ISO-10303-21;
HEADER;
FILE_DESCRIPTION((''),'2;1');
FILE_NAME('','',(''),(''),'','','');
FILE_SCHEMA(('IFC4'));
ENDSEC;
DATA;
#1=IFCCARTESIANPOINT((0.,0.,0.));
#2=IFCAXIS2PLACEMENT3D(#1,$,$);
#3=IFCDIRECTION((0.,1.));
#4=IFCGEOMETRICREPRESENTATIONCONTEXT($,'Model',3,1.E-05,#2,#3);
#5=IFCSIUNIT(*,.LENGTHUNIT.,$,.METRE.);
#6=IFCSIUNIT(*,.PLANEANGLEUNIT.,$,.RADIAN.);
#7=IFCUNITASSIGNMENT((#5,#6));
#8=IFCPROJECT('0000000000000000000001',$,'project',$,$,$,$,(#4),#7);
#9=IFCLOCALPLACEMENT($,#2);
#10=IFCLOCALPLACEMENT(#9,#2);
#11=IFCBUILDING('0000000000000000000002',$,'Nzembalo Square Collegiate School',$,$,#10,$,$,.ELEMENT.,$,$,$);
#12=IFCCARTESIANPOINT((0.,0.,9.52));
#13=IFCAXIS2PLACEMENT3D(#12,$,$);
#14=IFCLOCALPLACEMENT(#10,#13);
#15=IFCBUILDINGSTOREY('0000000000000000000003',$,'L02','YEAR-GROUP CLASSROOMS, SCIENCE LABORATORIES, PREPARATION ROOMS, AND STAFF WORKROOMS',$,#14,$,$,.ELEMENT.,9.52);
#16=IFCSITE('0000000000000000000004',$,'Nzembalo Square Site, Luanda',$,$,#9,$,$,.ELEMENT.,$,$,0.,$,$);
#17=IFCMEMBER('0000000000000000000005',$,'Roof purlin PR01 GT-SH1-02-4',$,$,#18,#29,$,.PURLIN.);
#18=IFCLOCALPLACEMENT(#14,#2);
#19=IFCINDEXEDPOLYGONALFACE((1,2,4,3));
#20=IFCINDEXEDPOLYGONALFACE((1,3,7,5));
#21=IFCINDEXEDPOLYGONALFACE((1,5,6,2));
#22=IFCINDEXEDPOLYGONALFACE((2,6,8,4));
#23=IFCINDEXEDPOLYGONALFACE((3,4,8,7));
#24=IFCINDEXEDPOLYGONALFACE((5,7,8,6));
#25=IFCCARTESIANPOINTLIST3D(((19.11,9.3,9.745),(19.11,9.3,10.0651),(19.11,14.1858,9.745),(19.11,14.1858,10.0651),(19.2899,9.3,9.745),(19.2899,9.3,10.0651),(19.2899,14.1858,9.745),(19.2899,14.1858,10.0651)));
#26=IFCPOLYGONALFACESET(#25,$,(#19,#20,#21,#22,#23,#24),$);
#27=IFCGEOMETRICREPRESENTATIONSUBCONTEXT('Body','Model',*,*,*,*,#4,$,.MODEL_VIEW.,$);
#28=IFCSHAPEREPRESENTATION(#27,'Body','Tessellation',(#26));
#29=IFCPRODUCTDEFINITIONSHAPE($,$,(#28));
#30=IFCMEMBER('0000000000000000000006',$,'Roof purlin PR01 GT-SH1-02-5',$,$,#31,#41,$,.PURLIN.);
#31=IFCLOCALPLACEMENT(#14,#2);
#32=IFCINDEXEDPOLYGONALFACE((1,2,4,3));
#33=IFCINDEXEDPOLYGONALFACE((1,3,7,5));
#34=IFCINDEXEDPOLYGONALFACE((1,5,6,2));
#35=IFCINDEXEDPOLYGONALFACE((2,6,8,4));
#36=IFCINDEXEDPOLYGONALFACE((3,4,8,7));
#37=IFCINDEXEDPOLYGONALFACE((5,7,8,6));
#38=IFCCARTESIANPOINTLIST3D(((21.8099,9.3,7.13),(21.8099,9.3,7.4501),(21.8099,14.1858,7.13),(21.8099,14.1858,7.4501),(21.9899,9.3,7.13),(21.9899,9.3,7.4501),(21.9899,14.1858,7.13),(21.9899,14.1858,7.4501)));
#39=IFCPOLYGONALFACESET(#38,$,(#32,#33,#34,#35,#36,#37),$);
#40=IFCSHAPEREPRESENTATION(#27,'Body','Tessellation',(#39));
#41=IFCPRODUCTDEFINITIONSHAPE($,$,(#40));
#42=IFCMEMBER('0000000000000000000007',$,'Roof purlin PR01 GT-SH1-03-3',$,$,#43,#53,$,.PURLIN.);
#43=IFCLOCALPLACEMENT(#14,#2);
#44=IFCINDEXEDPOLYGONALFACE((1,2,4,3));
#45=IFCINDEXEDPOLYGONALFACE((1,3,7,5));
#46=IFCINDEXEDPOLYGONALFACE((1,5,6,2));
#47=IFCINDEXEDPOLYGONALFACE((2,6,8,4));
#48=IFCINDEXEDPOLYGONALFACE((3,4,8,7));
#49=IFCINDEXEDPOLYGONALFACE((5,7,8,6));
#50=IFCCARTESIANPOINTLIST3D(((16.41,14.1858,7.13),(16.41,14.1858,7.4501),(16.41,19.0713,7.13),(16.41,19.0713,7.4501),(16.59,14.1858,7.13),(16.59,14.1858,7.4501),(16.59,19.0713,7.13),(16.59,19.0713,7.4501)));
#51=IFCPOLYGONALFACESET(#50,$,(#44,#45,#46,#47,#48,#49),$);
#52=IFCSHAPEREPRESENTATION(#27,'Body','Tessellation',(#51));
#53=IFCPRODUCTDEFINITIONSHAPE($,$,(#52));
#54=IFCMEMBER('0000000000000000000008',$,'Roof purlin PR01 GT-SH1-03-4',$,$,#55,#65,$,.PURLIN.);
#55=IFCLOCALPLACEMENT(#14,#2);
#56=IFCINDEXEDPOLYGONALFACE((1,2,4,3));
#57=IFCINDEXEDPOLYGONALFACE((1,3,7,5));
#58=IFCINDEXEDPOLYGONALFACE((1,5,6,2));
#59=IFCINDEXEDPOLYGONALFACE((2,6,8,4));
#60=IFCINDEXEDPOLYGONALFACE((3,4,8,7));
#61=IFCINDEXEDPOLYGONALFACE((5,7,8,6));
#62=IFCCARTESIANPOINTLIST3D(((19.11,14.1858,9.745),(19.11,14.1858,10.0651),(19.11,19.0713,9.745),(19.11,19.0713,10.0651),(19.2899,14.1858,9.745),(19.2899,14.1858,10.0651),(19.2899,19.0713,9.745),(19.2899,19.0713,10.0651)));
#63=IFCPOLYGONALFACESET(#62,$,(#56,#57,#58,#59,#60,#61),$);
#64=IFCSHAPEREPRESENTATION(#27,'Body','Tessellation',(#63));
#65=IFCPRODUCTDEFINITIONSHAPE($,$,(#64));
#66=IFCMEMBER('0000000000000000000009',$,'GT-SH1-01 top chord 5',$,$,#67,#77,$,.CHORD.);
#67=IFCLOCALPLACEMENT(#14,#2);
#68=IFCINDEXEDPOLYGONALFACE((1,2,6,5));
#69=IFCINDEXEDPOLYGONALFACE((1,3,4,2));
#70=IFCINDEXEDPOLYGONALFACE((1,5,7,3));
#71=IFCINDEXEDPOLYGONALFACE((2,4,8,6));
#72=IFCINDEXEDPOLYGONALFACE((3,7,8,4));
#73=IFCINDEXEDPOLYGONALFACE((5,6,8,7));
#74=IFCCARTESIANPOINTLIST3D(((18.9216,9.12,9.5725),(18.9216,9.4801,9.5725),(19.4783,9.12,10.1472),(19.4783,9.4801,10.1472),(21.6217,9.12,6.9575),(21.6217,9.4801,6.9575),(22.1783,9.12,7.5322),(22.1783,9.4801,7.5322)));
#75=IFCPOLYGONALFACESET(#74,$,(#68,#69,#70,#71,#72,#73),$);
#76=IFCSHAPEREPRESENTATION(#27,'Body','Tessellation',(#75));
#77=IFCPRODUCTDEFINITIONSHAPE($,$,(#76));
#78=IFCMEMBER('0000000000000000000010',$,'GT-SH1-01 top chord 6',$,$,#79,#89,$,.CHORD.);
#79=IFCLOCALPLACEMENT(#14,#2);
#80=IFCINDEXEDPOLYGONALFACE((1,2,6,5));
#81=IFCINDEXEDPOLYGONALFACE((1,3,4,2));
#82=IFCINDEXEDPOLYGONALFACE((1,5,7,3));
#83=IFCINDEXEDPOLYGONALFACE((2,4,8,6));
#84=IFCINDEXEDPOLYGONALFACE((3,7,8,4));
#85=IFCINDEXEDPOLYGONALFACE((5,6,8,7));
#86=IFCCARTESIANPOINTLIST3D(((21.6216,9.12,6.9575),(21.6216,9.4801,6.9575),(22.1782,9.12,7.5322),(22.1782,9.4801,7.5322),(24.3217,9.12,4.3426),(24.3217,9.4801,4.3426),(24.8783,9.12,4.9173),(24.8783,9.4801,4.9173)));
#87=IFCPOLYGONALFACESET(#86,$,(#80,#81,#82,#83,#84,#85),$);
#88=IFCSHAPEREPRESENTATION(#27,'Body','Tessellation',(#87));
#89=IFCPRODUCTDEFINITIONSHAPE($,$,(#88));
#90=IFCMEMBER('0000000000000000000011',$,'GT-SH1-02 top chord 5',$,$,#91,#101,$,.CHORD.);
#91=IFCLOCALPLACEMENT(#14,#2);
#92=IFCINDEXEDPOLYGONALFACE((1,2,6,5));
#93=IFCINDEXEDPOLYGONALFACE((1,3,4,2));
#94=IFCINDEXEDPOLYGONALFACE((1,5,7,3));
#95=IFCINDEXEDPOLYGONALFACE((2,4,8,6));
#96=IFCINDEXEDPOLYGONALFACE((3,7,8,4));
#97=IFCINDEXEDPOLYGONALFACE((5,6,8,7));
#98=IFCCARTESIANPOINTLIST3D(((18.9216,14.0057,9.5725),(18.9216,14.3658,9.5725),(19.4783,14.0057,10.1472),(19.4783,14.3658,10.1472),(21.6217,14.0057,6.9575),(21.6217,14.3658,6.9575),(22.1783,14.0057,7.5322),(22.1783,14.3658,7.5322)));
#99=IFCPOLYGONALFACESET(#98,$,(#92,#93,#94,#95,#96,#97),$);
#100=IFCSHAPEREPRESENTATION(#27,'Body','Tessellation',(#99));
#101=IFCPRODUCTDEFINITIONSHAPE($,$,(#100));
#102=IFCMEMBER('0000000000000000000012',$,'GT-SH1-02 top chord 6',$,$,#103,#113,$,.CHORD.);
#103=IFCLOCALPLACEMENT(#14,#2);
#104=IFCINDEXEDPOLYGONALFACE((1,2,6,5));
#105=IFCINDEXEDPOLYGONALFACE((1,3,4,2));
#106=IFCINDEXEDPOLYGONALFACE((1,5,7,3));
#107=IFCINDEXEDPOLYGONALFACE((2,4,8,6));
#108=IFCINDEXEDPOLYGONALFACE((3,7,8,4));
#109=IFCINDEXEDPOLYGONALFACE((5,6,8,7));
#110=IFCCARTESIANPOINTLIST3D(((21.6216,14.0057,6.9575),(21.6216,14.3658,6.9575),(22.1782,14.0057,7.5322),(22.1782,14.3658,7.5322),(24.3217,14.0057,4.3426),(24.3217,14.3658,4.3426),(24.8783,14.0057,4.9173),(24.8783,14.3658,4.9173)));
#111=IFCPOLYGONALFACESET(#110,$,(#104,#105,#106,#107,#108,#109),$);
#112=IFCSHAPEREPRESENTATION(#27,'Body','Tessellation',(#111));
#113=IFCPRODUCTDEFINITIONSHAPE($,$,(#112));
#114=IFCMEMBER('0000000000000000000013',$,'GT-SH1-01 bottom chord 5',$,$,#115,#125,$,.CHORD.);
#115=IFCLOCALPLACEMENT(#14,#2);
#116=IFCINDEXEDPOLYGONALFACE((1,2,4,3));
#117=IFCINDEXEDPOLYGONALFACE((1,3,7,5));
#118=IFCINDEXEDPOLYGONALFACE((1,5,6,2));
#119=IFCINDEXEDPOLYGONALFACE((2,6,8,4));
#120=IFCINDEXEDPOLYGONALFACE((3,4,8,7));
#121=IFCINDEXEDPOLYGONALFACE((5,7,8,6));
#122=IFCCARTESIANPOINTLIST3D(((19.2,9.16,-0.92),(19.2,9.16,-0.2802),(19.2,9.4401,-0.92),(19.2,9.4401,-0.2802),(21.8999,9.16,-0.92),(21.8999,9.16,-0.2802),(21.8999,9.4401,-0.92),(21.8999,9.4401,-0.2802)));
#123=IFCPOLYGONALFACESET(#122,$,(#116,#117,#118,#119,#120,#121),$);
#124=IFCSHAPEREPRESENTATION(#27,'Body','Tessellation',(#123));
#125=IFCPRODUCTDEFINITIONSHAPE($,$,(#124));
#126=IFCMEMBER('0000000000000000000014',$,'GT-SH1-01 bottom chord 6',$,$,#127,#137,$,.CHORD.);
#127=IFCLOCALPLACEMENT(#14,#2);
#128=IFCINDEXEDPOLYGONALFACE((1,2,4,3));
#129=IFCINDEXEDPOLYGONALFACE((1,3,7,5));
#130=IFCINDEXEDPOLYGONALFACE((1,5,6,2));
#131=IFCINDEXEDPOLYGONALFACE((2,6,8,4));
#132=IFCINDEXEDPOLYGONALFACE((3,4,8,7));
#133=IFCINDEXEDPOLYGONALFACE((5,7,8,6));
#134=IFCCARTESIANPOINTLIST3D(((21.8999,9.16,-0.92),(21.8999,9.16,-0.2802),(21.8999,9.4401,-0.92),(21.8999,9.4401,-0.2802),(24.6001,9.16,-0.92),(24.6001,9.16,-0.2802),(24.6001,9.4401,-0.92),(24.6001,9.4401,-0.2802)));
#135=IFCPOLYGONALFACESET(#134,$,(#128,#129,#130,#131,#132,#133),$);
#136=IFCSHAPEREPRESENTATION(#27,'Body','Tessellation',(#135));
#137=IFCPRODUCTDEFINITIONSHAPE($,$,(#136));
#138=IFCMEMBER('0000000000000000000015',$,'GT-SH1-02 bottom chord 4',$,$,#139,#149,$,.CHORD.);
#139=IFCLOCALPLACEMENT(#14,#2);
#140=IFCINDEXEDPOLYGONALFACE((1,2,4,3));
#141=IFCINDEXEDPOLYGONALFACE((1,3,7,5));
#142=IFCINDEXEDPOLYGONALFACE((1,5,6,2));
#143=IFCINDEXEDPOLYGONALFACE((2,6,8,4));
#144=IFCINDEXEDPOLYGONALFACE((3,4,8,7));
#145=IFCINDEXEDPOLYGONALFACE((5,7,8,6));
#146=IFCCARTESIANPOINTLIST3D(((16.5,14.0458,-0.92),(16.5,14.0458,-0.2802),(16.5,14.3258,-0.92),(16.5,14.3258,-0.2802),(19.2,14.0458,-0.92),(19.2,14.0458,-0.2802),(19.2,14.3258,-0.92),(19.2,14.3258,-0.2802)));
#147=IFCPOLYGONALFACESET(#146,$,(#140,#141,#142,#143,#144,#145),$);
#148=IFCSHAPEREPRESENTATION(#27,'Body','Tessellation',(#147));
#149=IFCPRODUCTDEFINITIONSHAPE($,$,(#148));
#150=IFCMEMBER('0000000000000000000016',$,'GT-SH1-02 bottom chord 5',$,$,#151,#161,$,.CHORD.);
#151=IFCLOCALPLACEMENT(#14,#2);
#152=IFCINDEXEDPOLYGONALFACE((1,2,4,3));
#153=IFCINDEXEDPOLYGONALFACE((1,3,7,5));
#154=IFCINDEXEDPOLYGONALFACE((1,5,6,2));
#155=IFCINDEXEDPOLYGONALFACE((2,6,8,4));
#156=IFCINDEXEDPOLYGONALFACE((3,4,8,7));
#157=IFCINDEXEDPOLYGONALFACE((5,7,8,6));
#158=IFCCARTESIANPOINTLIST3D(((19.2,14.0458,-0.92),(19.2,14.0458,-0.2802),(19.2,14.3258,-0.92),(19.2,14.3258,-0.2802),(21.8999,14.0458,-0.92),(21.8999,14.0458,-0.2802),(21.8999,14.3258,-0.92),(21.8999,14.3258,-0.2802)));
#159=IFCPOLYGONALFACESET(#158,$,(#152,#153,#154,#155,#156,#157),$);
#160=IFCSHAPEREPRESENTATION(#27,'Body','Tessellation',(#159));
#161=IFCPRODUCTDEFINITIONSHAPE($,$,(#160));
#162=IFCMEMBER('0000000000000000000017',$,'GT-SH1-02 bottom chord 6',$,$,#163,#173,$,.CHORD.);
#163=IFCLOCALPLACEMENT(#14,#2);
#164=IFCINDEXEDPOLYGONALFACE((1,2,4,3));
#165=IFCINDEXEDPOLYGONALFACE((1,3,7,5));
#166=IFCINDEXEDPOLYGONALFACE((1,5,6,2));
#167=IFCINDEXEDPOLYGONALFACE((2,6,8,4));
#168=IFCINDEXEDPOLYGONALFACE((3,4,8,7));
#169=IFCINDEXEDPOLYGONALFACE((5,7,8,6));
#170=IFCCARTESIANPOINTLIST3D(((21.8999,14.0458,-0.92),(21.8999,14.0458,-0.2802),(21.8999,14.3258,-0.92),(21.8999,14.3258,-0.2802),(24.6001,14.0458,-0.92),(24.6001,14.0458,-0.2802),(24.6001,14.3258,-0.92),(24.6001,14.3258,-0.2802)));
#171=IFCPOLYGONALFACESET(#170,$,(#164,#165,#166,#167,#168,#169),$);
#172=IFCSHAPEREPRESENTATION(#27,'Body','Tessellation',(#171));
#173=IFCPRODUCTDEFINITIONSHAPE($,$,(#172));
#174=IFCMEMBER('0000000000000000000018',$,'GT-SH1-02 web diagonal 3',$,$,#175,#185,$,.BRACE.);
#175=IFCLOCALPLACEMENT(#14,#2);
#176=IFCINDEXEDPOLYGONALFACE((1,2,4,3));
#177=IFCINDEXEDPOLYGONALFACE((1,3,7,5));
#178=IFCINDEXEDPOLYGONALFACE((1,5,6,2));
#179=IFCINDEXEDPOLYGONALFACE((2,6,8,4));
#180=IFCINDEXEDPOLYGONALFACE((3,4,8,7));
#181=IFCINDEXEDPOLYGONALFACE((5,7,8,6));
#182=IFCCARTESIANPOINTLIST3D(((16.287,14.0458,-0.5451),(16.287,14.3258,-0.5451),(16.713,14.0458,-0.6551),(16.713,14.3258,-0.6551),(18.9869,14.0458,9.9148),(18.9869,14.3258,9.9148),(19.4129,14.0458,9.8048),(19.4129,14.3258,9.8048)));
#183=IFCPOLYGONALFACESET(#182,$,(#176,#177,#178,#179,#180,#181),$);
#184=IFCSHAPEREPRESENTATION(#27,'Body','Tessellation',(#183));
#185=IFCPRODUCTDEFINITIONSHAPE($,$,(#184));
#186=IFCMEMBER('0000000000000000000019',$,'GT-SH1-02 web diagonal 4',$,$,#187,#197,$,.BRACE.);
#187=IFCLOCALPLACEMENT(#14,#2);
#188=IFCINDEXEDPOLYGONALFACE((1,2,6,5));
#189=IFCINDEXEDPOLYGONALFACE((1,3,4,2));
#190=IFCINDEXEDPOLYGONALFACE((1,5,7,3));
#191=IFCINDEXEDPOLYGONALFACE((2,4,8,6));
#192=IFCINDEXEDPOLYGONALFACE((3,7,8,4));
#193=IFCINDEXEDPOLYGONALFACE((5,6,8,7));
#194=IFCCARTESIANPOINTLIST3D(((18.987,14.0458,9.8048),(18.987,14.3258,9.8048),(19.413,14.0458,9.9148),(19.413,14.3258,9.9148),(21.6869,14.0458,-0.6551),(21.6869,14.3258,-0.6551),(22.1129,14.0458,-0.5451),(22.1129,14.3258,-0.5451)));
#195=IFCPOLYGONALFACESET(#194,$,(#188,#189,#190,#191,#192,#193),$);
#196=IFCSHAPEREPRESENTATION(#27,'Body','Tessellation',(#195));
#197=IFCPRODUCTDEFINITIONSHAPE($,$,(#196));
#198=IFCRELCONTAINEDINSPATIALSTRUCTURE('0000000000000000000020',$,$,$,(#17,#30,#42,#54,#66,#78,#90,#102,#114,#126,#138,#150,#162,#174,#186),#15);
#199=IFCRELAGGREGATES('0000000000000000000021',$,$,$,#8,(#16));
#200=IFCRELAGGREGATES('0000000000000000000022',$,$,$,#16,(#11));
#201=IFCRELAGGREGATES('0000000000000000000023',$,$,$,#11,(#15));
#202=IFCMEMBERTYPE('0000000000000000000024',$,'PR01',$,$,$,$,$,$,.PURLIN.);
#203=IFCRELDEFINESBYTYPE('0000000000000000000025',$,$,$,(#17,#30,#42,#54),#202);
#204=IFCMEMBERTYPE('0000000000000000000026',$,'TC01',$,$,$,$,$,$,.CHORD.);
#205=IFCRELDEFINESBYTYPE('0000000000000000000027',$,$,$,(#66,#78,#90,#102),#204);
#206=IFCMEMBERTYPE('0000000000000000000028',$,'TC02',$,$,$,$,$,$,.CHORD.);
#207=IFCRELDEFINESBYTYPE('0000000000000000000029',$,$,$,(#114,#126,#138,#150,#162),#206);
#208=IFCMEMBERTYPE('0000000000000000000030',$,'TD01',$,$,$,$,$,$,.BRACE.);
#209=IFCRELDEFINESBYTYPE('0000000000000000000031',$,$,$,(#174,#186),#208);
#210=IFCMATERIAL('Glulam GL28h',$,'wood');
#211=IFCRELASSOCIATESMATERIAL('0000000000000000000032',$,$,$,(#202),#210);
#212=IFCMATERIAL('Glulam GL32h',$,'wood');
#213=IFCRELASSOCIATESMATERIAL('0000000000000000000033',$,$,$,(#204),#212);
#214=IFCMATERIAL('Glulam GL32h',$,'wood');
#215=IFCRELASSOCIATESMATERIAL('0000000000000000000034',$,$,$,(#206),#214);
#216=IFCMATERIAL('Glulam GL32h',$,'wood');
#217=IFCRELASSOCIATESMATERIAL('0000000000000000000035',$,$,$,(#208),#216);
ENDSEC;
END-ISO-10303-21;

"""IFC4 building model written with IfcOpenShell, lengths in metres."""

from ifc_helpers import new_model, si_unit, direction, frame, origin, origin_2d, place, context, subcontext, project, spatial, rectangle, extrude, material, material_profile, profile_set, type_object, element, save


model = new_model("IFC4")

# Units and contexts
model_context = context("Model", 3, precision=1e-05, world=origin(), true_north=direction((0.0, 1.0)))
body_context = subcontext(model_context, "Body", "Model", "MODEL_VIEW")
ifc_project = project(units=[si_unit("LENGTHUNIT", "METRE"), si_unit("PLANEANGLEUNIT", "RADIAN")], contexts=[model_context])

# Site, building, storey
site_placement = place(None, origin())
site = spatial("IfcSite", under=ifc_project, at=site_placement, Name="Nzembalo Square Site, Luanda", CompositionType="ELEMENT", RefElevation=0.0)
building_placement = place(site_placement, origin())
building = spatial("IfcBuilding", under=site, at=building_placement, Name="Nzembalo Square Collegiate School", CompositionType="ELEMENT")
storey_placement = place(building_placement, frame((0.0, 0.0, 9.52)))
storey = spatial("IfcBuildingStorey", under=building, at=storey_placement, Name="L02", Description="YEAR-GROUP CLASSROOMS, SCIENCE LABORATORIES, PREPARATION ROOMS, AND STAFF WORKROOMS", CompositionType="ELEMENT", Elevation=9.52)

# Members
ifc_material_1 = material(Name="Glulam GL28h", Category="wood")
ifc_material_profile_1 = material_profile(ifc_material_1, rectangle(XDim=0.1799, YDim=0.3201, at=origin_2d()), Name="GL28h 180x320")
ifc_profile_set_1 = profile_set([ifc_material_profile_1], Name="Glulam GL28h")
member_type_1 = type_object("IfcMemberType", Name="PR01", PredefinedType="PURLIN", material=ifc_profile_set_1)
for number, where, z_axis, x_axis, name in (
    (1, (19.2, 9.3, 9.905), (0.0, 1.0, 0.0), (-1.0, 0.0, 0.0), "Roof purlin PR01 GT-SH1-02-4"),
    (2, (21.8999, 9.3, 7.29), (0.0, 1.0, 0.0), (-1.0, 0.0, 0.0), "Roof purlin PR01 GT-SH1-02-5"),
):
    element("IfcMember", number, at=place(storey_placement, frame(where, z_axis=z_axis, x_axis=x_axis)), inside=storey, type_object=member_type_1, Name=name, PredefinedType="PURLIN", context=body_context, shape_type="SweptSolid", body=[
        extrude(rectangle(XDim=0.1799, YDim=0.3201, at=origin_2d()), origin(), (0.0, 0.0, 1.0), 4.8857),
    ])
for number, where, z_axis, x_axis, name in (
    (3, (16.5, 14.1858, 7.29), (0.0, 1.0, 0.0), (-1.0, 0.0, 0.0), "Roof purlin PR01 GT-SH1-03-3"),
    (4, (19.2, 14.1858, 9.905), (0.0, 1.0, 0.0), (-1.0, 0.0, 0.0), "Roof purlin PR01 GT-SH1-03-4"),
):
    element("IfcMember", number, at=place(storey_placement, frame(where, z_axis=z_axis, x_axis=x_axis)), inside=storey, type_object=member_type_1, Name=name, PredefinedType="PURLIN", context=body_context, shape_type="SweptSolid", body=[
        extrude(rectangle(XDim=0.1799, YDim=0.3201, at=origin_2d()), origin(), (0.0, 0.0, 1.0), 4.8855),
    ])
ifc_material_2 = material(Name="Glulam GL32h", Category="wood")
ifc_material_profile_2 = material_profile(ifc_material_2, rectangle(XDim=0.3601, YDim=0.8, at=origin_2d()), Name="GL32h 360x800")
ifc_profile_set_2 = profile_set([ifc_material_profile_2], Name="Glulam GL32h")
member_type_2 = type_object("IfcMemberType", Name="TC01", PredefinedType="CHORD", material=ifc_profile_set_2)
for number, where, z_axis, x_axis, name in (
    (5, (19.2, 9.3, 9.8599), (0.718318, 0.0, -0.695715), (0.0, 1.0, 0.0), "GT-SH1-01 top chord 5"),
    (6, (21.8999, 9.3, 7.2449), (0.71835, 0.0, -0.695682), (0.0, 1.0, 0.0), "GT-SH1-01 top chord 6"),
    (7, (19.2, 14.1858, 9.8599), (0.718318, 0.0, -0.695715), (0.0, 1.0, 0.0), "GT-SH1-02 top chord 5"),
    (8, (21.8999, 14.1858, 7.2449), (0.71835, 0.0, -0.695682), (0.0, 1.0, 0.0), "GT-SH1-02 top chord 6"),
):
    element("IfcMember", number, at=place(storey_placement, frame(where, z_axis=z_axis, x_axis=x_axis)), inside=storey, type_object=member_type_2, Name=name, PredefinedType="CHORD", context=body_context, shape_type="SweptSolid", body=[
        extrude(rectangle(XDim=0.3601, YDim=0.8, at=origin_2d()), origin(), (0.0, 0.0, 1.0), 3.7588),
    ])
ifc_material_3 = material(Name="Glulam GL32h", Category="wood")
ifc_material_profile_3 = material_profile(ifc_material_3, rectangle(XDim=0.28, YDim=0.6399, at=origin_2d()), Name="GL32h 280x640")
ifc_profile_set_3 = profile_set([ifc_material_profile_3], Name="Glulam GL32h")
member_type_3 = type_object("IfcMemberType", Name="TC02", PredefinedType="CHORD", material=ifc_profile_set_3)
member_1_placement = place(storey_placement, frame((19.2, 9.3, -0.6001), z_axis=(1.0, 0.0, 0.0), x_axis=(0.0, 1.0, 0.0)))
element("IfcMember", 9, at=member_1_placement, inside=storey, type_object=member_type_3, Name="GT-SH1-01 bottom chord 5", PredefinedType="CHORD", context=body_context, shape_type="SweptSolid", body=[
    extrude(rectangle(XDim=0.28, YDim=0.6399, at=origin_2d()), origin(), (0.0, 0.0, 1.0), 2.7),
])
member_2_placement = place(storey_placement, frame((21.8999, 9.3, -0.6001), z_axis=(1.0, 0.0, 0.0), x_axis=(0.0, 1.0, 0.0)))
element("IfcMember", 10, at=member_2_placement, inside=storey, type_object=member_type_3, Name="GT-SH1-01 bottom chord 6", PredefinedType="CHORD", context=body_context, shape_type="SweptSolid", body=[
    extrude(rectangle(XDim=0.28, YDim=0.6399, at=origin_2d()), origin(), (0.0, 0.0, 1.0), 2.7002),
])
for number, where, z_axis, x_axis, name in (
    (11, (16.5, 14.1858, -0.6001), (1.0, 0.0, 0.0), (0.0, 1.0, 0.0), "GT-SH1-02 bottom chord 4"),
    (12, (19.2, 14.1858, -0.6001), (1.0, 0.0, 0.0), (0.0, 1.0, 0.0), "GT-SH1-02 bottom chord 5"),
):
    element("IfcMember", number, at=place(storey_placement, frame(where, z_axis=z_axis, x_axis=x_axis)), inside=storey, type_object=member_type_3, Name=name, PredefinedType="CHORD", context=body_context, shape_type="SweptSolid", body=[
        extrude(rectangle(XDim=0.28, YDim=0.6399, at=origin_2d()), origin(), (0.0, 0.0, 1.0), 2.7),
    ])
member_3_placement = place(storey_placement, frame((21.8999, 14.1858, -0.6001), z_axis=(1.0, 0.0, 0.0), x_axis=(0.0, 1.0, 0.0)))
element("IfcMember", 13, at=member_3_placement, inside=storey, type_object=member_type_3, Name="GT-SH1-02 bottom chord 6", PredefinedType="CHORD", context=body_context, shape_type="SweptSolid", body=[
    extrude(rectangle(XDim=0.28, YDim=0.6399, at=origin_2d()), origin(), (0.0, 0.0, 1.0), 2.7002),
])
ifc_material_4 = material(Name="Glulam GL32h", Category="wood")
ifc_material_profile_4 = material_profile(ifc_material_4, rectangle(XDim=0.28, YDim=0.4399, at=origin_2d()), Name="GL32h 280x440")
ifc_profile_set_4 = profile_set([ifc_material_profile_4], Name="Glulam GL32h")
member_type_4 = type_object("IfcMemberType", Name="TD01", PredefinedType="BRACE", material=ifc_profile_set_4)
for number, where, z_axis, x_axis, name in (
    (14, (16.5, 14.1858, -0.6001), (0.249931, 0.0, 0.968264), (0.0, 1.0, 0.0), "GT-SH1-02 web diagonal 3"),
    (15, (21.8999, 14.1858, -0.6001), (-0.249931, 0.0, 0.968264), (0.0, -1.0, 0.0), "GT-SH1-02 web diagonal 4"),
):
    element("IfcMember", number, at=place(storey_placement, frame(where, z_axis=z_axis, x_axis=x_axis)), inside=storey, type_object=member_type_4, Name=name, PredefinedType="BRACE", context=body_context, shape_type="SweptSolid", body=[
        extrude(rectangle(XDim=0.28, YDim=0.4399, at=origin_2d()), origin(), (0.0, 0.0, 1.0), 10.8027),
    ])

save(model, "model.ifc")
